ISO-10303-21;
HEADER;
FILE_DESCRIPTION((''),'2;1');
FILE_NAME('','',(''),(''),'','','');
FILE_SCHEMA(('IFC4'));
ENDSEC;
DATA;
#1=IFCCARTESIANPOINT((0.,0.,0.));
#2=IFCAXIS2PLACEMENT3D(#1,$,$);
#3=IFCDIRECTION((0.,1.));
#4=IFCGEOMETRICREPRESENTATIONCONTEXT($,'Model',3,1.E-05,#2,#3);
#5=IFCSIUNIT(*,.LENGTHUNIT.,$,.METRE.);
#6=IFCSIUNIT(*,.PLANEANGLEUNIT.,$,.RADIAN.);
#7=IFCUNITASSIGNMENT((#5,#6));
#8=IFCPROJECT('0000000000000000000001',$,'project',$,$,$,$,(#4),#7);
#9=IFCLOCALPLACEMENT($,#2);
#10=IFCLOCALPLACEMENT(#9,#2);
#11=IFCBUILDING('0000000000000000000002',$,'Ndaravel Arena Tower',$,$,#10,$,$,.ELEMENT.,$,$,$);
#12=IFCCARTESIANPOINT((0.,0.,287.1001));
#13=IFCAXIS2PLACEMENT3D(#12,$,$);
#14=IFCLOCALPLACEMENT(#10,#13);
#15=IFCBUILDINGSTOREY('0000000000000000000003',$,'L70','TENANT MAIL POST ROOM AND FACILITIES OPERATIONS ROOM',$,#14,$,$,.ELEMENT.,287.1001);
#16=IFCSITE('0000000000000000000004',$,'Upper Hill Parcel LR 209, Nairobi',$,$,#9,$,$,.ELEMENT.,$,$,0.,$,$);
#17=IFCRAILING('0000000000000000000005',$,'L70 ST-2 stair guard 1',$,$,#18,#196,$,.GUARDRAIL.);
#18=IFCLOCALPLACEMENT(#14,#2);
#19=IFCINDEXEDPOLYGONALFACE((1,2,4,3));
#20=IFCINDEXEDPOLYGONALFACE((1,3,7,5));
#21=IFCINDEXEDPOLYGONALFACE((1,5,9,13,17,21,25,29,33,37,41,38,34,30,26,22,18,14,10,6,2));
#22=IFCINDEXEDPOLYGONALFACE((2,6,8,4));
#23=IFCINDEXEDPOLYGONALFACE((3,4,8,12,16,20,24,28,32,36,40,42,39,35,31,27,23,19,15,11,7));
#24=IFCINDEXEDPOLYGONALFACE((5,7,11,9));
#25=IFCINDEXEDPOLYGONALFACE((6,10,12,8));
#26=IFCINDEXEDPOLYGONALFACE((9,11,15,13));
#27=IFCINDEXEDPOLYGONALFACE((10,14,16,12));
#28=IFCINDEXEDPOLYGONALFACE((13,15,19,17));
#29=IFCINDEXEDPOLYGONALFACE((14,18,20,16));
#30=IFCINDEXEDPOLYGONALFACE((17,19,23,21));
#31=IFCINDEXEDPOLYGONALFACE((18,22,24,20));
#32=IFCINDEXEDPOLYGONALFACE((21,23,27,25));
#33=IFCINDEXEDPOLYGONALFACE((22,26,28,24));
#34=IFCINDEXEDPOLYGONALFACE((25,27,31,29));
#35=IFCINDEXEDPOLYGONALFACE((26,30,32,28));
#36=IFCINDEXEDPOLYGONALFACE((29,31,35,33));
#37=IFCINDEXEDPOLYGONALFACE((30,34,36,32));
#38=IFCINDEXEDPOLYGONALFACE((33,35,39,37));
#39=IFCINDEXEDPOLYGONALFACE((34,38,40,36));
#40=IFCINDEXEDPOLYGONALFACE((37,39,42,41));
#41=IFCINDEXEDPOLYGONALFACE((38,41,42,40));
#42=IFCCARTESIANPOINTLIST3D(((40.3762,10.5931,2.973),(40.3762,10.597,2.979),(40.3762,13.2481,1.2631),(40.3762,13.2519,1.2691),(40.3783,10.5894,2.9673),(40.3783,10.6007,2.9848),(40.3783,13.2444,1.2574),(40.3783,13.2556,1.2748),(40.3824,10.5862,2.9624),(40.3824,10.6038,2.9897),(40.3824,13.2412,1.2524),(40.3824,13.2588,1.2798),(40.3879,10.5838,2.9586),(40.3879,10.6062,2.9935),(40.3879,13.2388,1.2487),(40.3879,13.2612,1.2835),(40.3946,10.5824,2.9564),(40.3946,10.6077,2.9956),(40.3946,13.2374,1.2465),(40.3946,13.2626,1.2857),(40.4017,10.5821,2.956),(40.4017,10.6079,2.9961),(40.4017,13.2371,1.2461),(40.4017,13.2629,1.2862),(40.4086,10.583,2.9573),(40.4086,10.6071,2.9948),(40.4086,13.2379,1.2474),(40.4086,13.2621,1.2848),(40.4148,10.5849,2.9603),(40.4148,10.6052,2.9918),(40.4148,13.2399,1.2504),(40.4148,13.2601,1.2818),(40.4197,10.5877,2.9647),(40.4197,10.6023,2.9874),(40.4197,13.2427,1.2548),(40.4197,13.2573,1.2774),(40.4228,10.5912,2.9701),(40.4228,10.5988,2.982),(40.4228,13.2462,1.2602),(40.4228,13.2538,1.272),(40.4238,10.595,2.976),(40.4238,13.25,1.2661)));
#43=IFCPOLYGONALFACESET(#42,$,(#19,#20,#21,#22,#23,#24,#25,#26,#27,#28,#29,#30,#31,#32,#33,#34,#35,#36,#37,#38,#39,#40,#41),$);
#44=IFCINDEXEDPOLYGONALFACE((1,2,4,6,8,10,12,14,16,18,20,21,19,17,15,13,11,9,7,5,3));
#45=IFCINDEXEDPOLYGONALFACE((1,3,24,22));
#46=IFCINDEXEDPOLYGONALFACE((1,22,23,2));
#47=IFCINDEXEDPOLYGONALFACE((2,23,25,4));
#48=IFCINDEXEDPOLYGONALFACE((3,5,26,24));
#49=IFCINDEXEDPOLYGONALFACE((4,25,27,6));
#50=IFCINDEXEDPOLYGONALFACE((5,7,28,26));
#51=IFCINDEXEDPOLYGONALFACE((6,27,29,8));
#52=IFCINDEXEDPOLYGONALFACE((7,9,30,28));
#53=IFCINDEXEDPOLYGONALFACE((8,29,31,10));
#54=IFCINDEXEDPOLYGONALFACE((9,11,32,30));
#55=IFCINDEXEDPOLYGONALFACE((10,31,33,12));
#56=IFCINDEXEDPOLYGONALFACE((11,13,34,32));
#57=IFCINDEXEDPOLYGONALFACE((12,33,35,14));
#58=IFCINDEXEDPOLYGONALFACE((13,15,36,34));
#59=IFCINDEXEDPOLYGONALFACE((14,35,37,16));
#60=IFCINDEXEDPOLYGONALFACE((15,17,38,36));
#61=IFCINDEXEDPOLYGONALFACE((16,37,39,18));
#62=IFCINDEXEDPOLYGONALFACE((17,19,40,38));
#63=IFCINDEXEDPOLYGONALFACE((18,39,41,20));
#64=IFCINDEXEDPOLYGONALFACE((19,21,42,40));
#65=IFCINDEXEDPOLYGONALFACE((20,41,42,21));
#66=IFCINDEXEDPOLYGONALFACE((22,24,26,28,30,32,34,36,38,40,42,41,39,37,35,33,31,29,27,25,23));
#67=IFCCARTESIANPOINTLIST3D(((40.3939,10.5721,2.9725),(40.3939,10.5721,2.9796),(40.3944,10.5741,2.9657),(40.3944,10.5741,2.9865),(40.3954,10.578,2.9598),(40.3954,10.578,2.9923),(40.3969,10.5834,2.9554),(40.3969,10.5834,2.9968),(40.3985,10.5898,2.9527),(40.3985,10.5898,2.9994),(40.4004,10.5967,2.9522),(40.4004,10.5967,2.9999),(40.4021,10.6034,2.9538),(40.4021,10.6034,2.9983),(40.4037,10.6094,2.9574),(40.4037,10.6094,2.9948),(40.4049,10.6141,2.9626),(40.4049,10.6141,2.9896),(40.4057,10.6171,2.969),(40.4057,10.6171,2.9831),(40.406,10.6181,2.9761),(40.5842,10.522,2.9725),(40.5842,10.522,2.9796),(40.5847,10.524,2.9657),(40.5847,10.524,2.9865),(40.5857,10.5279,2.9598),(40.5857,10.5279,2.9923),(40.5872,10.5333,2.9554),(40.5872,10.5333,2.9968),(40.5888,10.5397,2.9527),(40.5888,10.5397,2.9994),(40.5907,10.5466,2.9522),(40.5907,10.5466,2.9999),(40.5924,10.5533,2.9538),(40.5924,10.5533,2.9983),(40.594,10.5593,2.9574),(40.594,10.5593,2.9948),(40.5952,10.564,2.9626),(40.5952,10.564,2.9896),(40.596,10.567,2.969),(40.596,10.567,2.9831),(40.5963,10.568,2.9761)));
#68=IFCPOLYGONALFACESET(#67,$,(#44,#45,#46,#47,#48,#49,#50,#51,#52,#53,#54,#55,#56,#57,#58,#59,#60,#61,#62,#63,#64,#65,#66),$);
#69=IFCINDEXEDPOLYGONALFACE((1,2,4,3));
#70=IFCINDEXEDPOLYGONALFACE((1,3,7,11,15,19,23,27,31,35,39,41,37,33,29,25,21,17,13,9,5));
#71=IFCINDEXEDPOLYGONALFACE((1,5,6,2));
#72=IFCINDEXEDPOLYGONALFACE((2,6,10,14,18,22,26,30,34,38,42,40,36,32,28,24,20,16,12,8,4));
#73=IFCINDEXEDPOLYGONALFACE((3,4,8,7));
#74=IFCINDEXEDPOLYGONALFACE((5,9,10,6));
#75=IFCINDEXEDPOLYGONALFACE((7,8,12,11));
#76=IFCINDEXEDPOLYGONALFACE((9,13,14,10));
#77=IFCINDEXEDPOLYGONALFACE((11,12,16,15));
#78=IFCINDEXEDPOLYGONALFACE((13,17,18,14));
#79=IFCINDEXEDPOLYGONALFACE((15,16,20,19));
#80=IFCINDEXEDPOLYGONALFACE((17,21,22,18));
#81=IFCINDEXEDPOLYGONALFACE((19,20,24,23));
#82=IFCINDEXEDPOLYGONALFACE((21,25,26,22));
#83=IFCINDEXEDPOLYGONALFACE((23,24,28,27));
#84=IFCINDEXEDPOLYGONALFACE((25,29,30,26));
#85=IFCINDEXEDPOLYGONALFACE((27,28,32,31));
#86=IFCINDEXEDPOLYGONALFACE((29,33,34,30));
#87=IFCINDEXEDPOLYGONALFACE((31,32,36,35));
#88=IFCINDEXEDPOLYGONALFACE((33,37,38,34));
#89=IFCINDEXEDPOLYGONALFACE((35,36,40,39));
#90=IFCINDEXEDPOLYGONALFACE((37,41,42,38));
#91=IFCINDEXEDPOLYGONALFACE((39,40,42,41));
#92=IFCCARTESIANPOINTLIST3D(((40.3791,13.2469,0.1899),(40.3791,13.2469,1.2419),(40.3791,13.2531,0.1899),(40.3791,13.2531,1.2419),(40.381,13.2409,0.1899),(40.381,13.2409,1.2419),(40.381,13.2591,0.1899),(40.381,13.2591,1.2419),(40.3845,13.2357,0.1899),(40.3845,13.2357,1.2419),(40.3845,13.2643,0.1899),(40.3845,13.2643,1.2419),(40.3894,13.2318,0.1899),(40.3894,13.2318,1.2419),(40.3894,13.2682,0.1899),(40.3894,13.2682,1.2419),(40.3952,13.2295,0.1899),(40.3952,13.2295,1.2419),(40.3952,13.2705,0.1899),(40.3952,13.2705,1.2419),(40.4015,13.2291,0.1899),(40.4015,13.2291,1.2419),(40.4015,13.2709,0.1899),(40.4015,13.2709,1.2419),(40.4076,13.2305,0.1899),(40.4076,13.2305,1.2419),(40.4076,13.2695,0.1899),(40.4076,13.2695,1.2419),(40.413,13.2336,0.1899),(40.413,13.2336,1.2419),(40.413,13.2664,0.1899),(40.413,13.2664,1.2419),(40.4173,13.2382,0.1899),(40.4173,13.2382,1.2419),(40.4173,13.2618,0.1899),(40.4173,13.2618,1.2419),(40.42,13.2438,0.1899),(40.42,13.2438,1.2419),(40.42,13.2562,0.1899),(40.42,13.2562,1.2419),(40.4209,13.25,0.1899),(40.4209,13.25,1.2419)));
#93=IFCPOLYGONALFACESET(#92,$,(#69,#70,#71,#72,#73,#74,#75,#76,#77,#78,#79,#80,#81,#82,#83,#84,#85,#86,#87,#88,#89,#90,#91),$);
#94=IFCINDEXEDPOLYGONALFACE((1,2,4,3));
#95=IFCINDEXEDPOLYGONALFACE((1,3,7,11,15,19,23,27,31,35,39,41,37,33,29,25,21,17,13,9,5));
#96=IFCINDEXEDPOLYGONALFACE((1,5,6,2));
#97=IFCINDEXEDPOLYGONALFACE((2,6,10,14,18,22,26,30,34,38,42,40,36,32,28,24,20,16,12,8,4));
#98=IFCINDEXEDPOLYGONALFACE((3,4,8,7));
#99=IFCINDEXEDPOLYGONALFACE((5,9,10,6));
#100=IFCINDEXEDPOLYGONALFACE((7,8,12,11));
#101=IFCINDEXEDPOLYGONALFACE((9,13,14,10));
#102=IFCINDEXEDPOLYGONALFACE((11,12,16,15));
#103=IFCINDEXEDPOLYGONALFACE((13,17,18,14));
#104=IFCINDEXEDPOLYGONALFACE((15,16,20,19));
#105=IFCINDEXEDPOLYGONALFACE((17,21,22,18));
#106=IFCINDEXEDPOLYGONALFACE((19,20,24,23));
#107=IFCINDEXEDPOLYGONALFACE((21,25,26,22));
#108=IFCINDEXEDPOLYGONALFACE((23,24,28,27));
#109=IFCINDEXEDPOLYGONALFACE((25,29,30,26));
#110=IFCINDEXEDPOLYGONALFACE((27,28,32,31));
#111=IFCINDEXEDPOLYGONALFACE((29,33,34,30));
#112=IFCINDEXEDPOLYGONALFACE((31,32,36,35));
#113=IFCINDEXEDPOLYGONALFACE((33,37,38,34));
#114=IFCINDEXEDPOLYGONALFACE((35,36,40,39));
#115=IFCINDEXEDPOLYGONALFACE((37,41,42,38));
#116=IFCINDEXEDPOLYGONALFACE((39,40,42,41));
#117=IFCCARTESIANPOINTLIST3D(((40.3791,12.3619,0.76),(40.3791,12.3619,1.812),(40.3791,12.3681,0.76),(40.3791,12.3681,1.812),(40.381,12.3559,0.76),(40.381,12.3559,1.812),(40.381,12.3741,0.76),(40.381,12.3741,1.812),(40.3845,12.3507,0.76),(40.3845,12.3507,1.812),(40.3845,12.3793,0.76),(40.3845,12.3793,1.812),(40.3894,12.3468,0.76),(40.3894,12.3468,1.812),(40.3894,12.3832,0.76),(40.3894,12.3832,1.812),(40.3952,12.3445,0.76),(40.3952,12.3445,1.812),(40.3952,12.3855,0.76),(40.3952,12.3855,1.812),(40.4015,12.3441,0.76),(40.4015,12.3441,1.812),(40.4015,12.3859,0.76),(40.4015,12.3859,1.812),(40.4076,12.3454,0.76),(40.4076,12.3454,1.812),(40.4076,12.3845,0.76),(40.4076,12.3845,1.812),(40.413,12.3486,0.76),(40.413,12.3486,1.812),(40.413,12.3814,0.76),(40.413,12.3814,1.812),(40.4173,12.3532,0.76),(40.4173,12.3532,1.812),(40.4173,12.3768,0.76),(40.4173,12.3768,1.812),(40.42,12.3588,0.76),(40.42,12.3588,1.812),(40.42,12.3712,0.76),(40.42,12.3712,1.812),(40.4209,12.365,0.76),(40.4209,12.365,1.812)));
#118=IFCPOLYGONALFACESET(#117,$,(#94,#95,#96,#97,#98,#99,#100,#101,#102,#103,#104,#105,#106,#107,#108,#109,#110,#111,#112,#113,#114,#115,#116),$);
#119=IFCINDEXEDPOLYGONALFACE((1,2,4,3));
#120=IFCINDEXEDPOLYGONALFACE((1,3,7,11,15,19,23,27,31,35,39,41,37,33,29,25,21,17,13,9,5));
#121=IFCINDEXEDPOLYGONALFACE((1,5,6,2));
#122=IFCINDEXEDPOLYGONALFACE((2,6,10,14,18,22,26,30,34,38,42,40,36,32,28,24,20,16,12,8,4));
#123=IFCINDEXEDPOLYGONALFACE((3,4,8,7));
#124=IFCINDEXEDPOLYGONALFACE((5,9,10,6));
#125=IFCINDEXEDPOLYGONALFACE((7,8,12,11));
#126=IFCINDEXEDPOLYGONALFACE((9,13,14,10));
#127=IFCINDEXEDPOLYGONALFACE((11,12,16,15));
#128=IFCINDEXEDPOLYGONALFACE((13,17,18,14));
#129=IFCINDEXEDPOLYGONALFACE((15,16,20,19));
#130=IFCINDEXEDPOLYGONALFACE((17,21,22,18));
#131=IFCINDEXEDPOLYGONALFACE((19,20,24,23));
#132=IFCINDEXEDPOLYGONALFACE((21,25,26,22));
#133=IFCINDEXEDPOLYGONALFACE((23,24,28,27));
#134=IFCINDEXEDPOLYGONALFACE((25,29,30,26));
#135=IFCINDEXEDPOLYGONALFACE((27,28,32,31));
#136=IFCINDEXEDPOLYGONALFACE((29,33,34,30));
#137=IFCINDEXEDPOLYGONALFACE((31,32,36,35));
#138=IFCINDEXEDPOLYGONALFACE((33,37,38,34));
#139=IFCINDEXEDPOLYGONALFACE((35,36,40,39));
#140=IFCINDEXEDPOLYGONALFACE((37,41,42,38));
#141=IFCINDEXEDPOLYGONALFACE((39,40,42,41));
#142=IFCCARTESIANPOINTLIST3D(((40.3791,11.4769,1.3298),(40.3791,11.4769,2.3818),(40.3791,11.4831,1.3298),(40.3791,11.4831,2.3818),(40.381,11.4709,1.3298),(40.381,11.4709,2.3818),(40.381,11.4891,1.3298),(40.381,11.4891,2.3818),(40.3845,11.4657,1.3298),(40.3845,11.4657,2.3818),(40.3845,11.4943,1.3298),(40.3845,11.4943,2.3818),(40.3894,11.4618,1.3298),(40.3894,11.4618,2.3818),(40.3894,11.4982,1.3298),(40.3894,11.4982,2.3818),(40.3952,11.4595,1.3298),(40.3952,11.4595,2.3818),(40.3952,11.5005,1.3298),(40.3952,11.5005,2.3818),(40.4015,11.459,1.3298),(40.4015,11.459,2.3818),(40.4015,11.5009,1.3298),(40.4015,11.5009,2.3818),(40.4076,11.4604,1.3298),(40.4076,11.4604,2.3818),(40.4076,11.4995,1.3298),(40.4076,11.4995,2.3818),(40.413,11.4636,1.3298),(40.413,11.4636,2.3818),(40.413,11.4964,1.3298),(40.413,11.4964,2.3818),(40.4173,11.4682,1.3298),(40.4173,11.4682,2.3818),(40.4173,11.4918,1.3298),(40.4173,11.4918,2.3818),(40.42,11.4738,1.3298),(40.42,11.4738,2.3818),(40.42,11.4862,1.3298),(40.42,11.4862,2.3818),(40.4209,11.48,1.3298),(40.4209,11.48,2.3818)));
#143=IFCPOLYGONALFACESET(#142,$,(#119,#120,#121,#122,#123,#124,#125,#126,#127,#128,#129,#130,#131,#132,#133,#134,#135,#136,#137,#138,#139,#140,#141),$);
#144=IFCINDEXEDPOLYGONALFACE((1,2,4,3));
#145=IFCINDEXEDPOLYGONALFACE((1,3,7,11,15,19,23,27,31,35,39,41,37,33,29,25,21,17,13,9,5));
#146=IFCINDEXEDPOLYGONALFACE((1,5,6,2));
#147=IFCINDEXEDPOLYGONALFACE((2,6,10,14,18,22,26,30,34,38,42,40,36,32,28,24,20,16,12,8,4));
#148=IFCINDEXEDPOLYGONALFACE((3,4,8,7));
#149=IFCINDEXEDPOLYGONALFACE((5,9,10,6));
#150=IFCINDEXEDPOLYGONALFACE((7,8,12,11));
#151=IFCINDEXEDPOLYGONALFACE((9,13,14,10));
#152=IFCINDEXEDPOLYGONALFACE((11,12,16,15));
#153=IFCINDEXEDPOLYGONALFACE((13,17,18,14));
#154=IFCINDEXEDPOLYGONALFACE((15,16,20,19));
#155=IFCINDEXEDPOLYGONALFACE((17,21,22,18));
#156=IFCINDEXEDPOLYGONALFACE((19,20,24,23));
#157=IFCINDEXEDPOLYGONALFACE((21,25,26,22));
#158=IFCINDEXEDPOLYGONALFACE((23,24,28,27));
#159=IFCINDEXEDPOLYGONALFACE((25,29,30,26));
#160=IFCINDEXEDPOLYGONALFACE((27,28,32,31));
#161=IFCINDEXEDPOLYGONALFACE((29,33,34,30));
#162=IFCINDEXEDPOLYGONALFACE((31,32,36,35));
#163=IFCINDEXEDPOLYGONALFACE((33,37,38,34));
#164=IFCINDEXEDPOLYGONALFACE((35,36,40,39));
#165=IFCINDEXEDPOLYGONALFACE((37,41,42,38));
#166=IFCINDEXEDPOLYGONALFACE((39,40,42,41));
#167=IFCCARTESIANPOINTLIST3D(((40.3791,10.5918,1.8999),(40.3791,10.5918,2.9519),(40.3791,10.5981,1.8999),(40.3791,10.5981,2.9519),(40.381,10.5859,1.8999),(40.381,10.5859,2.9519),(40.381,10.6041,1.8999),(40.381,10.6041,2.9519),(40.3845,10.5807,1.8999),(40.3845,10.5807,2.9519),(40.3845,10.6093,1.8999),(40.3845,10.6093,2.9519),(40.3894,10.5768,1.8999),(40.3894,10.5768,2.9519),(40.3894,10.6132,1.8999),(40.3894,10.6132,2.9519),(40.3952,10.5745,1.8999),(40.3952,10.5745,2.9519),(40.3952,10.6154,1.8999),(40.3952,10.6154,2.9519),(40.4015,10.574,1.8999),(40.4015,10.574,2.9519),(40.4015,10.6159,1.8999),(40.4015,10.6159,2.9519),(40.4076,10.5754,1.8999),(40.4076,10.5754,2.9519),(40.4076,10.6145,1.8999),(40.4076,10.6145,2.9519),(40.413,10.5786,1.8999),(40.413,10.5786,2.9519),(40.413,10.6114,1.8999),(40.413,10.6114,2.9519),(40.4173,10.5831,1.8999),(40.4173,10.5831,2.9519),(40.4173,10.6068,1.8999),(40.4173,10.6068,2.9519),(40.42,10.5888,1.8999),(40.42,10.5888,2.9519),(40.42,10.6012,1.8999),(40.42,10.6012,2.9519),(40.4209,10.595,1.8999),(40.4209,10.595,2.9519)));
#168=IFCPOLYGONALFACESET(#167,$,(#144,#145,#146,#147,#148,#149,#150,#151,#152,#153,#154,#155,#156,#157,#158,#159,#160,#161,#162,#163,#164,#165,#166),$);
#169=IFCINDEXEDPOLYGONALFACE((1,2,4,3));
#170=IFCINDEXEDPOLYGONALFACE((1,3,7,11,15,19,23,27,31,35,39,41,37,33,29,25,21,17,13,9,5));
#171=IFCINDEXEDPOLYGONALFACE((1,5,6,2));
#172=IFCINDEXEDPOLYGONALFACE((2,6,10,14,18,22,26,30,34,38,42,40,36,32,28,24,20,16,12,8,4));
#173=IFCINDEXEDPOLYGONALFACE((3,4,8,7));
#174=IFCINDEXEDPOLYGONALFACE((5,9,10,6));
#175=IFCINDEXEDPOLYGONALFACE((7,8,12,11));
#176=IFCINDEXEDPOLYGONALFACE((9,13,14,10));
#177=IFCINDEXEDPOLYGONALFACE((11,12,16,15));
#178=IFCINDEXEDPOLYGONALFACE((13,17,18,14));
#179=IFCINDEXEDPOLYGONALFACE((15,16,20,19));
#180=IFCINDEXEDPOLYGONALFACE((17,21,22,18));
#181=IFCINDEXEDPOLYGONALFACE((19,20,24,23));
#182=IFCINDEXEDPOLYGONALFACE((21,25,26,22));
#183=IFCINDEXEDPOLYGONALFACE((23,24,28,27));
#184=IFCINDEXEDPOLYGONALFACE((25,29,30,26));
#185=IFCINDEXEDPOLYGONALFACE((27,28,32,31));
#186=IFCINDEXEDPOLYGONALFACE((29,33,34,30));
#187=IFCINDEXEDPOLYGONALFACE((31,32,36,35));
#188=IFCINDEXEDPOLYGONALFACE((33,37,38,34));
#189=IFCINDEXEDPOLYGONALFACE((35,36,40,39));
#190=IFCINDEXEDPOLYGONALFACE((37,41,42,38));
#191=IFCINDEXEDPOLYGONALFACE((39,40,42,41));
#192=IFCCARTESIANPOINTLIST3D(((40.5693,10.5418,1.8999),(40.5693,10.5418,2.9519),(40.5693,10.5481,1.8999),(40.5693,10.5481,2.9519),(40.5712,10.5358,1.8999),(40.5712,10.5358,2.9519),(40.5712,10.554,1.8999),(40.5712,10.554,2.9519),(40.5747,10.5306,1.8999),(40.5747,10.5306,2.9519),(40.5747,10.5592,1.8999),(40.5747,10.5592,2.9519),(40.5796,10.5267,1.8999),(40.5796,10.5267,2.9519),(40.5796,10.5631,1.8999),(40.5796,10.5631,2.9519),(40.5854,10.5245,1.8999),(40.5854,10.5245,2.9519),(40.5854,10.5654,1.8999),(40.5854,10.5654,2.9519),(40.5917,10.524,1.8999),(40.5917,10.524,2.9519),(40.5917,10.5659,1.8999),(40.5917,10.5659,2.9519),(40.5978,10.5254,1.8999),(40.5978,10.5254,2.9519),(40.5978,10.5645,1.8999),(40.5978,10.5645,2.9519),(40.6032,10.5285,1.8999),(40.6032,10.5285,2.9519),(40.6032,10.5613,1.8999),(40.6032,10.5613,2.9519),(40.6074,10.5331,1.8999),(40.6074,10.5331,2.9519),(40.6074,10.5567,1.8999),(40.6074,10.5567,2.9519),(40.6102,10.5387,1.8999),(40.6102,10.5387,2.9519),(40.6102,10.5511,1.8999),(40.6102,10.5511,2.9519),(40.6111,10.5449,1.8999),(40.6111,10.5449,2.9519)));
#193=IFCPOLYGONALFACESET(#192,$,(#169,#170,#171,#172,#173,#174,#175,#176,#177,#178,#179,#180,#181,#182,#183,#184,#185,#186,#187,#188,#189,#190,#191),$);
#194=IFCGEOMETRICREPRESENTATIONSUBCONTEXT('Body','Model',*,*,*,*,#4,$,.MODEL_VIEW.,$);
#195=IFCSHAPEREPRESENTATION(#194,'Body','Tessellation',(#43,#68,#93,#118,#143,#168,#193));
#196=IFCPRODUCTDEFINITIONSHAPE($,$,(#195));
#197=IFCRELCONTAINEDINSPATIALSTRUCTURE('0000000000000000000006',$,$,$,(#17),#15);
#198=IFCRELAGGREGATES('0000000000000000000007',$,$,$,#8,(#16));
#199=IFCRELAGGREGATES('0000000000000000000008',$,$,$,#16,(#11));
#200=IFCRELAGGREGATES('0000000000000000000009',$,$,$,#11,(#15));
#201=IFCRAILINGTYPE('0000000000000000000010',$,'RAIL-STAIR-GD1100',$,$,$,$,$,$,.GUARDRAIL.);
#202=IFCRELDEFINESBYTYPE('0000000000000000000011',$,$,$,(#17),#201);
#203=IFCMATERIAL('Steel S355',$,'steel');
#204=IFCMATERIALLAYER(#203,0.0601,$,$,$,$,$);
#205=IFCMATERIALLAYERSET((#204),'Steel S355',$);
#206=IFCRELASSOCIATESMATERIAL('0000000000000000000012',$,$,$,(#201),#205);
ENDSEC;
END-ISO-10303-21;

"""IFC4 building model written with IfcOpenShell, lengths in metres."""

from ifc_helpers import new_model, si_unit, direction, frame, origin, origin_2d, place, context, subcontext, project, spatial, circle, extrude, material, layer, layer_set, type_object, element, save


model = new_model("IFC4")

# Units and contexts
model_context = context("Model", 3, precision=1e-05, world=origin(), true_north=direction((0.0, 1.0)))
body_context = subcontext(model_context, "Body", "Model", "MODEL_VIEW")
ifc_project = project(units=[si_unit("LENGTHUNIT", "METRE"), si_unit("PLANEANGLEUNIT", "RADIAN")], contexts=[model_context])

# Site, building, storey
site_placement = place(None, origin())
site = spatial("IfcSite", under=ifc_project, at=site_placement, Name="Upper Hill Parcel LR 209, Nairobi", CompositionType="ELEMENT", RefElevation=0.0)
building_placement = place(site_placement, origin())
building = spatial("IfcBuilding", under=site, at=building_placement, Name="Ndaravel Arena Tower", CompositionType="ELEMENT")
storey_placement = place(building_placement, frame((0.0, 0.0, 287.1001)))
storey = spatial("IfcBuildingStorey", under=building, at=storey_placement, Name="L70", Description="TENANT MAIL POST ROOM AND FACILITIES OPERATIONS ROOM", CompositionType="ELEMENT", Elevation=287.1001)

# Railing
ifc_material_1 = material(Name="Steel S355", Category="steel")
ifc_layer_1 = layer(ifc_material_1, 0.0601)
ifc_layer_set_1 = layer_set([ifc_layer_1], Name="Steel S355")
railing_type_1 = type_object("IfcRailingType", Name="RAIL-STAIR-GD1100", PredefinedType="GUARDRAIL", material=ifc_layer_set_1)
railing_1_placement = place(storey_placement, frame((40.3999, 13.25, 0.1899)))
element("IfcRailing", 1, at=railing_1_placement, inside=storey, type_object=railing_type_1, Name="L70 ST-2 stair guard 1", PredefinedType="GUARDRAIL", context=body_context, shape_type="SweptSolid", body=[
    extrude(circle(Radius=0.0239, at=origin_2d()), frame((0.0, 0.0, 1.0762), z_axis=(0.0, -0.840724, 0.541465), x_axis=(1.0, 0.0, 0.0)), (0.0, 0.0, 1.0), 3.158),
    extrude(circle(Radius=0.0239, at=origin_2d()), frame((0.0, -2.655, 2.7861), z_axis=(0.967075, -0.254493, 0.0), x_axis=(0.254493, 0.967075, 0.0)), (0.0, 0.0, 1.0), 0.1968),
    extrude(circle(Radius=0.021, at=origin_2d()), origin(), (0.0, 0.0, 1.0), 1.052),
    extrude(circle(Radius=0.021, at=origin_2d()), frame((0.0, -0.885, 0.5701)), (0.0, 0.0, 1.0), 1.052),
    extrude(circle(Radius=0.021, at=origin_2d()), frame((0.0, -1.77, 1.1399)), (0.0, 0.0, 1.0), 1.052),
    extrude(circle(Radius=0.021, at=origin_2d()), frame((0.0, -2.655, 1.71)), (0.0, 0.0, 1.0), 1.052),
    extrude(circle(Radius=0.021, at=origin_2d()), frame((0.1902, -2.7051, 1.71)), (0.0, 0.0, 1.0), 1.052),
])

save(model, "model.ifc")
